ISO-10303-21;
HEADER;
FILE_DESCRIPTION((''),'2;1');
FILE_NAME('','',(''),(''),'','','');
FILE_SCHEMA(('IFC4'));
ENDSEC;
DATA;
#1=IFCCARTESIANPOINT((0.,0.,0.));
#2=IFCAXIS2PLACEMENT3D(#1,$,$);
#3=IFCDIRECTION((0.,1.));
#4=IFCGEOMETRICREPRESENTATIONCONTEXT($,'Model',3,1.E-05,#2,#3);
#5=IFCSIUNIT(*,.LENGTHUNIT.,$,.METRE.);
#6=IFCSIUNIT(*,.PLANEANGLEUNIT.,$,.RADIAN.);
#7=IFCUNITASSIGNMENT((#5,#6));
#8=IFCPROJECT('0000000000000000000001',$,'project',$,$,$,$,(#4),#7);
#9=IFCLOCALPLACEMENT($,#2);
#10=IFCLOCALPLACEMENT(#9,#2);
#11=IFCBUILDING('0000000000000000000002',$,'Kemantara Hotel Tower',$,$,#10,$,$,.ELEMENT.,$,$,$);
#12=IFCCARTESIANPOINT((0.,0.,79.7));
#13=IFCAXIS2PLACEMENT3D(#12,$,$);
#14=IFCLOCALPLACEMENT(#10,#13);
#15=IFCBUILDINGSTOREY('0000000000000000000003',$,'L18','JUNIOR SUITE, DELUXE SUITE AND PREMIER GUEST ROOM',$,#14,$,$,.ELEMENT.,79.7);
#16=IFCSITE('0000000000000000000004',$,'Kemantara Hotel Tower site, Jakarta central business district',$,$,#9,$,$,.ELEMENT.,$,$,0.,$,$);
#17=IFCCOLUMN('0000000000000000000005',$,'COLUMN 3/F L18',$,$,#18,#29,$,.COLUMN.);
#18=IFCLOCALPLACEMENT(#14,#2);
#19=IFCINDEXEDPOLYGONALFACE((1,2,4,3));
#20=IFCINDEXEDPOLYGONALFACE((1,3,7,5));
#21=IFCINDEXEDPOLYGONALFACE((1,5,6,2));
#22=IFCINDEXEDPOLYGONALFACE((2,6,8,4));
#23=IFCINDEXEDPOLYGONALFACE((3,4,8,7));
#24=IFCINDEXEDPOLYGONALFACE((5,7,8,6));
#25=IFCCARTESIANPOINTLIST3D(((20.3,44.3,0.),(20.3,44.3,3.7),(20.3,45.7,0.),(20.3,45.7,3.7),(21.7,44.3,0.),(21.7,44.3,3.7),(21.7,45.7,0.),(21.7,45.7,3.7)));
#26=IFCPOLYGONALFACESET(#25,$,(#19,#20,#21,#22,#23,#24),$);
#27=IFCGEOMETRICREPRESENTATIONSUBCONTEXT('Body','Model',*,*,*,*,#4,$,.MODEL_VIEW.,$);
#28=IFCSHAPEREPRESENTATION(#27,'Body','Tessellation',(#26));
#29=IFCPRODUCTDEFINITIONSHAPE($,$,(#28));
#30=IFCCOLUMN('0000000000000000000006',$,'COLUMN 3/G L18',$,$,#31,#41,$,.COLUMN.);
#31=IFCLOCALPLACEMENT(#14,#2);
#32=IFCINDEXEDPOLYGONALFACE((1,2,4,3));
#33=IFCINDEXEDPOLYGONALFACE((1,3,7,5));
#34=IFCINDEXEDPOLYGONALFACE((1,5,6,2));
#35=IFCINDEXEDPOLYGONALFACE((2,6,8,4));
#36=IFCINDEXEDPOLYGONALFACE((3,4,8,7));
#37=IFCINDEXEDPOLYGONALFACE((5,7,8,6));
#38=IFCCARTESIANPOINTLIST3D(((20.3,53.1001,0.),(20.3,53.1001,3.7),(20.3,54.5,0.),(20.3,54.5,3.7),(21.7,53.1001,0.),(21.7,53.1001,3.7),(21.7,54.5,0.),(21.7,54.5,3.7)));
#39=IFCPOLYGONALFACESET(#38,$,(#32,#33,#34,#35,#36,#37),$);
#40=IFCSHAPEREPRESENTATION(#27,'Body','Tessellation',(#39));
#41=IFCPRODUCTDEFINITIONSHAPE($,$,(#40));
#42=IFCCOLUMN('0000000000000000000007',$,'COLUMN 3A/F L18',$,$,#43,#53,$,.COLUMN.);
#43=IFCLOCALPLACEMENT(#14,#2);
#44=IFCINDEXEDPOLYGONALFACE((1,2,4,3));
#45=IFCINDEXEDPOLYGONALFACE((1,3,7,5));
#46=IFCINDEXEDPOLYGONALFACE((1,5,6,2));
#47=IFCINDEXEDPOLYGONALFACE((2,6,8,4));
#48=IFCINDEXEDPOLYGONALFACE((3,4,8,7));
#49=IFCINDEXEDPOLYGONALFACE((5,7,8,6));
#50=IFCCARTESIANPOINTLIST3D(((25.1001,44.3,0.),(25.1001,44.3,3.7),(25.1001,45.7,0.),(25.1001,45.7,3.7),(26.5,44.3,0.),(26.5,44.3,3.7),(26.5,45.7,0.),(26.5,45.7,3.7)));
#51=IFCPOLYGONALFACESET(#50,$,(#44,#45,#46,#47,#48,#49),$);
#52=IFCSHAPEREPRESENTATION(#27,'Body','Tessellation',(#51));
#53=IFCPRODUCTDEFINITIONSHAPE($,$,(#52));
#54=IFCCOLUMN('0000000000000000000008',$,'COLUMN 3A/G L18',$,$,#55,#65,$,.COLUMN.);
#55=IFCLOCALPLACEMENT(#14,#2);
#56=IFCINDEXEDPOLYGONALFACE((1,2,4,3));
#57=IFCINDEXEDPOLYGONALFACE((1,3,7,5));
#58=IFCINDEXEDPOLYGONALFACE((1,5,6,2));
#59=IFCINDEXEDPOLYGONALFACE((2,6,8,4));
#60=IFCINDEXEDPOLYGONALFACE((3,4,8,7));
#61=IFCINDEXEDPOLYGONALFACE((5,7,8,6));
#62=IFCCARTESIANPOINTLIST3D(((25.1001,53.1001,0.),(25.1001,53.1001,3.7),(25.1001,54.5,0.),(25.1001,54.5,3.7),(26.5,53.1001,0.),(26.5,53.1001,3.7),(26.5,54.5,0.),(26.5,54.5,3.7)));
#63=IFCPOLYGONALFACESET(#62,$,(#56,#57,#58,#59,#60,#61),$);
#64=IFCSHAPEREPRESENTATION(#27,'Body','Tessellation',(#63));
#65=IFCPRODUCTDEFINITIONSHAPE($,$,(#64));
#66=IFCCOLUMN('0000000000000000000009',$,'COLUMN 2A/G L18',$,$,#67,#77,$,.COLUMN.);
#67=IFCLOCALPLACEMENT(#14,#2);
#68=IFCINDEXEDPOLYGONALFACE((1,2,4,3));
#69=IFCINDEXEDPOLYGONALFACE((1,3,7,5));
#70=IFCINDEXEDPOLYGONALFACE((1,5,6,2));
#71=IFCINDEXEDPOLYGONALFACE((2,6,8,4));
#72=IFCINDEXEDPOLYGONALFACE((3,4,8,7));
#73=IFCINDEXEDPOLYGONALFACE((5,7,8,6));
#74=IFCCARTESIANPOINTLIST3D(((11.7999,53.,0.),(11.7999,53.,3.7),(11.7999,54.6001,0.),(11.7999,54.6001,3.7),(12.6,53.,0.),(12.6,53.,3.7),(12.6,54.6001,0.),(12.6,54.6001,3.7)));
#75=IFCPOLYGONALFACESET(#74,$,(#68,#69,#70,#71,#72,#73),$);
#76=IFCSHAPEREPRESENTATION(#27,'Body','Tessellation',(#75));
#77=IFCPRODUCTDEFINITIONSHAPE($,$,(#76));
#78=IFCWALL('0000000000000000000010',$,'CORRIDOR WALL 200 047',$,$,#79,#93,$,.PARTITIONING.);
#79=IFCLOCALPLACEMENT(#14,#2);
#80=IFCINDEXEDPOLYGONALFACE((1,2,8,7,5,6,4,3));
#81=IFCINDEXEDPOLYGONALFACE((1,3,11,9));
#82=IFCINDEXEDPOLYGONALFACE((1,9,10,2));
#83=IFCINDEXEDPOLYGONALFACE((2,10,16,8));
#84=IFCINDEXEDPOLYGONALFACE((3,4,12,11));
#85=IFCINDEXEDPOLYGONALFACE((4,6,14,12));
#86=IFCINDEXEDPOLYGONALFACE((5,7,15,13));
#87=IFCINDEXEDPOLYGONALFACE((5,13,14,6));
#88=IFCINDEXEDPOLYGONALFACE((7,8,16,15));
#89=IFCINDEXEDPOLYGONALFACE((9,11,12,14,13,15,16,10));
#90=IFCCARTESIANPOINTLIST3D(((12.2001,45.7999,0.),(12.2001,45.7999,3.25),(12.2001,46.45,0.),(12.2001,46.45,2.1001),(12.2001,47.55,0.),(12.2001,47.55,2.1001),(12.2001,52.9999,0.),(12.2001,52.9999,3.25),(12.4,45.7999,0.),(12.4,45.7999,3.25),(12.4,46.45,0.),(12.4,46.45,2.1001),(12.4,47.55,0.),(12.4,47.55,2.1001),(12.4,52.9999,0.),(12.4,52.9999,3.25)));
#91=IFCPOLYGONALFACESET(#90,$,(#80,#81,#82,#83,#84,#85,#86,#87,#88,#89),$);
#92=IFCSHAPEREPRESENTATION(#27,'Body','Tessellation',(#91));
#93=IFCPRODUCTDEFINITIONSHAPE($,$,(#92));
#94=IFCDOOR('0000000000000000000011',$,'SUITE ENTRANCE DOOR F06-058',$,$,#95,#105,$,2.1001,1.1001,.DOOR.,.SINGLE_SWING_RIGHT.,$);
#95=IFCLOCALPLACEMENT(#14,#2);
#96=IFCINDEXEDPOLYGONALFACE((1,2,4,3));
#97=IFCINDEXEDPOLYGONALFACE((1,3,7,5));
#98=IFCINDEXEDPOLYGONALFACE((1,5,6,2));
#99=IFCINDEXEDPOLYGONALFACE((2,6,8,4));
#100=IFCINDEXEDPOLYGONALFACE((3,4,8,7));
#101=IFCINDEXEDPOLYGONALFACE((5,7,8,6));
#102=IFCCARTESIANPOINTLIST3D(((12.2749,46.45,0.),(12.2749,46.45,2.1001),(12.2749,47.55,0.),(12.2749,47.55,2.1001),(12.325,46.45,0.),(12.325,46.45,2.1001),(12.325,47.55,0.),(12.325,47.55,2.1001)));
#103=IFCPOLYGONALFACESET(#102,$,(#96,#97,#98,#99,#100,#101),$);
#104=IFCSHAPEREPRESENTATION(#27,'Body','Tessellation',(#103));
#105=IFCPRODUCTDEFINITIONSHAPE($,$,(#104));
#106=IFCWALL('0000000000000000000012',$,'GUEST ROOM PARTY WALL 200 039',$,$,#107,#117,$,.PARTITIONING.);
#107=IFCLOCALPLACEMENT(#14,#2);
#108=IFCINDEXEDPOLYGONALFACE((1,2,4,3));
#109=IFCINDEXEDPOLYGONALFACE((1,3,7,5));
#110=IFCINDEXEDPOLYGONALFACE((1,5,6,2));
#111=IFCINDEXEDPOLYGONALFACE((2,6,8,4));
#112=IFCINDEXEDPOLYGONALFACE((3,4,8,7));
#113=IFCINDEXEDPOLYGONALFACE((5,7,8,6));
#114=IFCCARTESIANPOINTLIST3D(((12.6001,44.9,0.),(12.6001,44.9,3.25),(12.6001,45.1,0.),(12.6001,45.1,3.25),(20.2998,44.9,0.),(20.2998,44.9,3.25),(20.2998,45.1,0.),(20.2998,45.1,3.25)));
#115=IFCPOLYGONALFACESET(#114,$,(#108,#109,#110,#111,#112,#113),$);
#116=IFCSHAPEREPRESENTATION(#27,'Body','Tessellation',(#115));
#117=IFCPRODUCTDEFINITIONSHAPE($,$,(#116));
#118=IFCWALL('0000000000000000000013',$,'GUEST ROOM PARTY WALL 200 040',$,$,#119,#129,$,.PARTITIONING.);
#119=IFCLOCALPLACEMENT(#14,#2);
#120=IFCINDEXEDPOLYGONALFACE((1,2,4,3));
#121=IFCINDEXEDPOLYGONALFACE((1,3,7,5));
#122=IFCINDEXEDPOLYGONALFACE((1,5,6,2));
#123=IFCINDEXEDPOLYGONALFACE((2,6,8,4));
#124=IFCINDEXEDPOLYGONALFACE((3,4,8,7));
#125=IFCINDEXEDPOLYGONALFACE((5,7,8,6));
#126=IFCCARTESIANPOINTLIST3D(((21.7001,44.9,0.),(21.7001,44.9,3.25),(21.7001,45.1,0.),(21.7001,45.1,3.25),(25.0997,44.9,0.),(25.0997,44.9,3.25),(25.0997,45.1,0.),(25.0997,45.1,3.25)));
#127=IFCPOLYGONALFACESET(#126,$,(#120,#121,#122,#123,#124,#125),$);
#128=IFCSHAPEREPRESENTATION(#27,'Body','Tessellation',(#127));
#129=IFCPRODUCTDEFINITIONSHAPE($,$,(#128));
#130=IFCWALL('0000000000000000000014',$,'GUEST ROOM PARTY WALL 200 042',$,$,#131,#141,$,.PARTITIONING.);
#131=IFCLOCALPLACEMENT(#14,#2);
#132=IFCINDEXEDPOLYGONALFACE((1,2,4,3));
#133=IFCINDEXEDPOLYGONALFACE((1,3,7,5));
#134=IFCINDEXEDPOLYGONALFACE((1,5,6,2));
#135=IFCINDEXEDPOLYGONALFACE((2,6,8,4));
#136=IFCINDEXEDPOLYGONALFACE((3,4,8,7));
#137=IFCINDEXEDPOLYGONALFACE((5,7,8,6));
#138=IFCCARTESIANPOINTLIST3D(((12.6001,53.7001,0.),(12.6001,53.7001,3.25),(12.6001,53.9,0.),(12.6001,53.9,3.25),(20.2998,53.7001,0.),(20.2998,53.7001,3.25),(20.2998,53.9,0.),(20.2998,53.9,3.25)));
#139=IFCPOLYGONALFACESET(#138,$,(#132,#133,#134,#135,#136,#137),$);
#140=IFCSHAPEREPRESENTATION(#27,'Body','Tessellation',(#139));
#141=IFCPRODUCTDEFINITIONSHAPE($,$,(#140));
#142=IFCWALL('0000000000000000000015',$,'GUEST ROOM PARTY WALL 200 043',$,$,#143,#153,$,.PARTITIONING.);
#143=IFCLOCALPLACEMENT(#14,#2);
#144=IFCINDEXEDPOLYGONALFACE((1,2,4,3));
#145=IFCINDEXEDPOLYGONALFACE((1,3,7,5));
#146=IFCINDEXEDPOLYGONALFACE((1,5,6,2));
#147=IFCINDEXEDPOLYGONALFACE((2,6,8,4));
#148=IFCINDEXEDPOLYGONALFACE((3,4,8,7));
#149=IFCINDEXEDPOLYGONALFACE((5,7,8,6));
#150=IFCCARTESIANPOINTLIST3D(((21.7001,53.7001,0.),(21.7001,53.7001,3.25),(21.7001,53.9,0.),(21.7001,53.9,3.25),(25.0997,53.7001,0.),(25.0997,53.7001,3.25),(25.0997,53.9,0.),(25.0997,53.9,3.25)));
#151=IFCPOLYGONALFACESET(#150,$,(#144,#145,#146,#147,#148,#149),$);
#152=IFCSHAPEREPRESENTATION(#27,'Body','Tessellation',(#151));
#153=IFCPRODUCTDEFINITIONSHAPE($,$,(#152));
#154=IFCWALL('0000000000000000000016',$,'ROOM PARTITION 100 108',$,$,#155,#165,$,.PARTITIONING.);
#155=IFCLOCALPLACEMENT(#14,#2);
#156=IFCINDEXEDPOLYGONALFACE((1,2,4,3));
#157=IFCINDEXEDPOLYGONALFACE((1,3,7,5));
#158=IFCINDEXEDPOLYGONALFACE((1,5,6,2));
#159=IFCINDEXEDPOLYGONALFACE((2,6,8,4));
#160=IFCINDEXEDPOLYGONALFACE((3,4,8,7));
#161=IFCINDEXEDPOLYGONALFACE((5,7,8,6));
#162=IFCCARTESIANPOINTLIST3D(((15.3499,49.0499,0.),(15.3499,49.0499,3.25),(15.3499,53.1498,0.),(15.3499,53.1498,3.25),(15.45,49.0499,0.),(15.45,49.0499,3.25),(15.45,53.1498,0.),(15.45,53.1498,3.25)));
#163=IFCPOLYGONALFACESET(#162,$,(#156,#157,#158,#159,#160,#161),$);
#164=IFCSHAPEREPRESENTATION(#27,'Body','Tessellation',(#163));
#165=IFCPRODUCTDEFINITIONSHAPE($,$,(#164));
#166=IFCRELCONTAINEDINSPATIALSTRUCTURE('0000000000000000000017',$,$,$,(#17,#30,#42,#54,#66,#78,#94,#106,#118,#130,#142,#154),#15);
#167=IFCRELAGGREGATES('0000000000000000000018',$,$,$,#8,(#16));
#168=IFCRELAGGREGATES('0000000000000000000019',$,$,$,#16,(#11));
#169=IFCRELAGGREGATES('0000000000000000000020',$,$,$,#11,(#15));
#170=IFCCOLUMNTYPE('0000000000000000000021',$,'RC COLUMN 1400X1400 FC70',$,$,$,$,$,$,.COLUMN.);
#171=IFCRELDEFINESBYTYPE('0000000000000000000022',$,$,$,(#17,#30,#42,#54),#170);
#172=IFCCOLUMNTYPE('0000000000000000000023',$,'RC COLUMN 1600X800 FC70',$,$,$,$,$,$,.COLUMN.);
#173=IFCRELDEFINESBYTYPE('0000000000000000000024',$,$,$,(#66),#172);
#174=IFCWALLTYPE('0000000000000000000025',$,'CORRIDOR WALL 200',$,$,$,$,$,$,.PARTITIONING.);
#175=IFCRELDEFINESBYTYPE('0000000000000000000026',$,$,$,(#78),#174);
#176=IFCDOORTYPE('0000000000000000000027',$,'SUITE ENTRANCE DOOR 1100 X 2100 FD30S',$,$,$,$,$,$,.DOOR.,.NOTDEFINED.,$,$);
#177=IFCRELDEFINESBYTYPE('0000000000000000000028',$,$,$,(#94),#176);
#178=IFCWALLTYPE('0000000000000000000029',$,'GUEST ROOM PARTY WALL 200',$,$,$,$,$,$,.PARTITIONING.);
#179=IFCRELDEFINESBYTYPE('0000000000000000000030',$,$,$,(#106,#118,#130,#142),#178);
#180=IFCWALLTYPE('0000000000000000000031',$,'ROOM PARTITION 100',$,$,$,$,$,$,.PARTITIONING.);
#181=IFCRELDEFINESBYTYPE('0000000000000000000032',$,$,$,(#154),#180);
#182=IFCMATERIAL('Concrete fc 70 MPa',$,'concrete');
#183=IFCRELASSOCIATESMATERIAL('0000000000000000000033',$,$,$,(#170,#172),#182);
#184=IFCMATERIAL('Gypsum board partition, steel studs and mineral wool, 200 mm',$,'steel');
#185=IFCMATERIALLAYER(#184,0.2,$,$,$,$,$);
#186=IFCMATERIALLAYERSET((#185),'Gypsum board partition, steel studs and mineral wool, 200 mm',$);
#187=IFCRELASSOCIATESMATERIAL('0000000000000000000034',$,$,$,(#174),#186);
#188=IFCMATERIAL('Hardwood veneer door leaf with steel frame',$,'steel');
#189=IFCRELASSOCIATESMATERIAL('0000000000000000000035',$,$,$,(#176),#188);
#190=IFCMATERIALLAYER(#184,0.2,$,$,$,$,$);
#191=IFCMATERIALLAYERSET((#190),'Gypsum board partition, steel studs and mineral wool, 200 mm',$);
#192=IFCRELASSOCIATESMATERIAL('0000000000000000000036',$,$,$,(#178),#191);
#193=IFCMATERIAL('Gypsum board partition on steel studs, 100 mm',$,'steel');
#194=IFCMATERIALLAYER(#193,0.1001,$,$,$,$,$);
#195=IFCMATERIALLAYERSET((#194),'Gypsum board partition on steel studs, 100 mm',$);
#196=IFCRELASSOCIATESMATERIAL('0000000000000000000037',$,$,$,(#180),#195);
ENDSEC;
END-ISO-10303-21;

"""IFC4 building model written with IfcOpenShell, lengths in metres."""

from ifc_helpers import new_model, si_unit, direction, frame, frame_2d, origin, origin_2d, place, context, subcontext, project, spatial, rectangle, extrude, material, layer, layer_set, material_profile, profile_set, type_object, element, fill, save


model = new_model("IFC4")

# Units and contexts
model_context = context("Model", 3, precision=1e-05, world=origin(), true_north=direction((0.0, 1.0)))
body_context = subcontext(model_context, "Body", "Model", "MODEL_VIEW")
ifc_project = project(units=[si_unit("LENGTHUNIT", "METRE"), si_unit("PLANEANGLEUNIT", "RADIAN")], contexts=[model_context])

# Site, building, storey
site_placement = place(None, origin())
site = spatial("IfcSite", under=ifc_project, at=site_placement, Name="Kemantara Hotel Tower site, Jakarta central business district", CompositionType="ELEMENT", RefElevation=0.0)
building_placement = place(site_placement, origin())
building = spatial("IfcBuilding", under=site, at=building_placement, Name="Kemantara Hotel Tower", CompositionType="ELEMENT")
storey_placement = place(building_placement, frame((0.0, 0.0, 79.7)))
storey = spatial("IfcBuildingStorey", under=building, at=storey_placement, Name="L18", Description="JUNIOR SUITE, DELUXE SUITE AND PREMIER GUEST ROOM", CompositionType="ELEMENT", Elevation=79.7)

# Columns
ifc_material_1 = material(Name="Concrete fc 70 MPa", Category="concrete")
ifc_material_profile_1 = material_profile(ifc_material_1, rectangle(XDim=1.3999, YDim=1.3999, at=origin_2d()), Name="RC 1400X1400")
ifc_profile_set_1 = profile_set([ifc_material_profile_1], Name="Concrete fc 70 MPa")
column_type_1 = type_object("IfcColumnType", Name="RC COLUMN 1400X1400 FC70", PredefinedType="COLUMN", material=ifc_profile_set_1)
for number, where, z_axis, x_axis, name in (
    (1, (21.0, 45.0, 0.0), (0.0, 0.0, 1.0), (1.0, 0.0, 0.0), "COLUMN 3/F L18"),
    (2, (21.0, 53.8, 0.0), (0.0, 0.0, 1.0), (1.0, 0.0, 0.0), "COLUMN 3/G L18"),
    (3, (25.8, 45.0, 0.0), (0.0, 0.0, 1.0), (1.0, 0.0, 0.0), "COLUMN 3A/F L18"),
    (4, (25.8, 53.8, 0.0), (0.0, 0.0, 1.0), (1.0, 0.0, 0.0), "COLUMN 3A/G L18"),
):
    element("IfcColumn", number, at=place(storey_placement, frame(where, z_axis=z_axis, x_axis=x_axis)), inside=storey, type_object=column_type_1, Name=name, PredefinedType="COLUMN", context=body_context, shape_type="SweptSolid", body=[
        extrude(rectangle(XDim=1.3999, YDim=1.3999, at=origin_2d()), origin(), (0.0, 0.0, 1.0), 3.7),
    ])
ifc_material_profile_2 = material_profile(ifc_material_1, rectangle(XDim=1.6001, YDim=0.8, at=origin_2d()), Name="RC 1600X800")
ifc_profile_set_2 = profile_set([ifc_material_profile_2], Name="Concrete fc 70 MPa")
column_type_2 = type_object("IfcColumnType", Name="RC COLUMN 1600X800 FC70", PredefinedType="COLUMN", material=ifc_profile_set_2)
column_placement = place(storey_placement, frame((12.2, 53.8, 0.0), z_axis=(0.0, 0.0, 1.0), x_axis=(0.0, 1.0, 0.0)))
element("IfcColumn", 5, at=column_placement, inside=storey, type_object=column_type_2, Name="COLUMN 2A/G L18", PredefinedType="COLUMN", context=body_context, shape_type="SweptSolid", body=[
    extrude(rectangle(XDim=1.6001, YDim=0.8, at=origin_2d()), origin(), (0.0, 0.0, 1.0), 3.7),
])

# Wall, opening, door
ifc_material_2 = material(Name="Gypsum board partition, steel studs and mineral wool, 200 mm", Category="steel")
ifc_layer_1 = layer(ifc_material_2, 0.2)
ifc_layer_set_1 = layer_set([ifc_layer_1], Name="Gypsum board partition, steel studs and mineral wool, 200 mm")
wall_type_1 = type_object("IfcWallType", Name="CORRIDOR WALL 200", PredefinedType="PARTITIONING", material=ifc_layer_set_1)
wall_1_placement = place(storey_placement, frame((12.3, 53.0, 0.0), z_axis=(0.0, 0.0, 1.0), x_axis=(0.0, -1.0, 0.0)))
wall_1 = element("IfcWall", 6, at=wall_1_placement, inside=storey, type_object=wall_type_1, Name="CORRIDOR WALL 200 047", PredefinedType="PARTITIONING", context=body_context, shape_type="SweptSolid", body=[
    extrude(rectangle(XDim=7.2, YDim=0.2, at=frame_2d((3.6001, 0.0))), origin(), (0.0, 0.0, 1.0), 3.25),
])
opening_1_placement = place(wall_1_placement, frame((5.45, 0.0, 0.0)))
opening_1 = element("IfcOpeningElement", 7, at=opening_1_placement, cuts=wall_1, PredefinedType="OPENING", context=body_context, shape_type="SweptSolid", body=[
    extrude(rectangle(XDim=1.1001, YDim=2.1001, at=frame_2d((0.55, 1.05))), frame((0.0, 0.1099, 0.0), z_axis=(0.0, -1.0, 0.0), x_axis=(1.0, 0.0, 0.0)), (0.0, 0.0, 1.0), 0.22),
])
ifc_material_3 = material(Name="Hardwood veneer door leaf with steel frame", Category="steel")
door_type_1 = type_object("IfcDoorType", Name="SUITE ENTRANCE DOOR 1100 X 2100 FD30S", OperationType="NOTDEFINED", PredefinedType="DOOR", material=ifc_material_3)
door_1_placement = place(opening_1_placement, origin())
door_1 = element("IfcDoor", 8, at=door_1_placement, inside=storey, type_object=door_type_1, Name="SUITE ENTRANCE DOOR F06-058", OperationType="SINGLE_SWING_RIGHT", OverallHeight=2.1001, OverallWidth=1.1001, PredefinedType="DOOR", context=body_context, shape_type="SweptSolid", body=[
    extrude(rectangle(XDim=1.1001, YDim=2.1001, at=frame_2d((0.55, 1.05))), frame((0.0, 0.0249, 0.0), z_axis=(0.0, -1.0, 0.0), x_axis=(1.0, 0.0, 0.0)), (0.0, 0.0, 1.0), 0.05),
])
fill(opening_1, door_1)

# Walls
ifc_layer_2 = layer(ifc_material_2, 0.2)
ifc_layer_set_2 = layer_set([ifc_layer_2], Name="Gypsum board partition, steel studs and mineral wool, 200 mm")
wall_type_2 = type_object("IfcWallType", Name="GUEST ROOM PARTY WALL 200", PredefinedType="PARTITIONING", material=ifc_layer_set_2)
wall_2_placement = place(storey_placement, frame((12.6001, 45.0, 0.0), z_axis=(0.0, 0.0, 1.0), x_axis=(1.0, 0.0, 0.0)))
element("IfcWall", 9, at=wall_2_placement, inside=storey, type_object=wall_type_2, Name="GUEST ROOM PARTY WALL 200 039", PredefinedType="PARTITIONING", context=body_context, shape_type="SweptSolid", body=[
    extrude(rectangle(XDim=7.6997, YDim=0.2, at=frame_2d((3.8499, 0.0))), origin(), (0.0, 0.0, 1.0), 3.25),
])
wall_3_placement = place(storey_placement, frame((21.7002, 45.0, 0.0), z_axis=(0.0, 0.0, 1.0), x_axis=(1.0, 0.0, 0.0)))
element("IfcWall", 10, at=wall_3_placement, inside=storey, type_object=wall_type_2, Name="GUEST ROOM PARTY WALL 200 040", PredefinedType="PARTITIONING", context=body_context, shape_type="SweptSolid", body=[
    extrude(rectangle(XDim=3.3997, YDim=0.2, at=frame_2d((1.6997, 0.0))), origin(), (0.0, 0.0, 1.0), 3.25),
])
wall_4_placement = place(storey_placement, frame((12.6001, 53.8, 0.0), z_axis=(0.0, 0.0, 1.0), x_axis=(1.0, 0.0, 0.0)))
element("IfcWall", 11, at=wall_4_placement, inside=storey, type_object=wall_type_2, Name="GUEST ROOM PARTY WALL 200 042", PredefinedType="PARTITIONING", context=body_context, shape_type="SweptSolid", body=[
    extrude(rectangle(XDim=7.6997, YDim=0.2, at=frame_2d((3.8499, 0.0))), origin(), (0.0, 0.0, 1.0), 3.25),
])
wall_5_placement = place(storey_placement, frame((21.7002, 53.8, 0.0), z_axis=(0.0, 0.0, 1.0), x_axis=(1.0, 0.0, 0.0)))
element("IfcWall", 12, at=wall_5_placement, inside=storey, type_object=wall_type_2, Name="GUEST ROOM PARTY WALL 200 043", PredefinedType="PARTITIONING", context=body_context, shape_type="SweptSolid", body=[
    extrude(rectangle(XDim=3.3997, YDim=0.2, at=frame_2d((1.6997, 0.0))), origin(), (0.0, 0.0, 1.0), 3.25),
])
ifc_material_4 = material(Name="Gypsum board partition on steel studs, 100 mm", Category="steel")
ifc_layer_3 = layer(ifc_material_4, 0.1001)
ifc_layer_set_3 = layer_set([ifc_layer_3], Name="Gypsum board partition on steel studs, 100 mm")
wall_type_3 = type_object("IfcWallType", Name="ROOM PARTITION 100", PredefinedType="PARTITIONING", material=ifc_layer_set_3)
wall_6_placement = place(storey_placement, frame((15.3999, 49.05, 0.0), z_axis=(0.0, 0.0, 1.0), x_axis=(0.0, 1.0, 0.0)))
element("IfcWall", 13, at=wall_6_placement, inside=storey, type_object=wall_type_3, Name="ROOM PARTITION 100 108", PredefinedType="PARTITIONING", context=body_context, shape_type="SweptSolid", body=[
    extrude(rectangle(XDim=4.0999, YDim=0.1001, at=frame_2d((2.0498, 0.0))), origin(), (0.0, 0.0, 1.0), 3.25),
])

save(model, "model.ifc")
